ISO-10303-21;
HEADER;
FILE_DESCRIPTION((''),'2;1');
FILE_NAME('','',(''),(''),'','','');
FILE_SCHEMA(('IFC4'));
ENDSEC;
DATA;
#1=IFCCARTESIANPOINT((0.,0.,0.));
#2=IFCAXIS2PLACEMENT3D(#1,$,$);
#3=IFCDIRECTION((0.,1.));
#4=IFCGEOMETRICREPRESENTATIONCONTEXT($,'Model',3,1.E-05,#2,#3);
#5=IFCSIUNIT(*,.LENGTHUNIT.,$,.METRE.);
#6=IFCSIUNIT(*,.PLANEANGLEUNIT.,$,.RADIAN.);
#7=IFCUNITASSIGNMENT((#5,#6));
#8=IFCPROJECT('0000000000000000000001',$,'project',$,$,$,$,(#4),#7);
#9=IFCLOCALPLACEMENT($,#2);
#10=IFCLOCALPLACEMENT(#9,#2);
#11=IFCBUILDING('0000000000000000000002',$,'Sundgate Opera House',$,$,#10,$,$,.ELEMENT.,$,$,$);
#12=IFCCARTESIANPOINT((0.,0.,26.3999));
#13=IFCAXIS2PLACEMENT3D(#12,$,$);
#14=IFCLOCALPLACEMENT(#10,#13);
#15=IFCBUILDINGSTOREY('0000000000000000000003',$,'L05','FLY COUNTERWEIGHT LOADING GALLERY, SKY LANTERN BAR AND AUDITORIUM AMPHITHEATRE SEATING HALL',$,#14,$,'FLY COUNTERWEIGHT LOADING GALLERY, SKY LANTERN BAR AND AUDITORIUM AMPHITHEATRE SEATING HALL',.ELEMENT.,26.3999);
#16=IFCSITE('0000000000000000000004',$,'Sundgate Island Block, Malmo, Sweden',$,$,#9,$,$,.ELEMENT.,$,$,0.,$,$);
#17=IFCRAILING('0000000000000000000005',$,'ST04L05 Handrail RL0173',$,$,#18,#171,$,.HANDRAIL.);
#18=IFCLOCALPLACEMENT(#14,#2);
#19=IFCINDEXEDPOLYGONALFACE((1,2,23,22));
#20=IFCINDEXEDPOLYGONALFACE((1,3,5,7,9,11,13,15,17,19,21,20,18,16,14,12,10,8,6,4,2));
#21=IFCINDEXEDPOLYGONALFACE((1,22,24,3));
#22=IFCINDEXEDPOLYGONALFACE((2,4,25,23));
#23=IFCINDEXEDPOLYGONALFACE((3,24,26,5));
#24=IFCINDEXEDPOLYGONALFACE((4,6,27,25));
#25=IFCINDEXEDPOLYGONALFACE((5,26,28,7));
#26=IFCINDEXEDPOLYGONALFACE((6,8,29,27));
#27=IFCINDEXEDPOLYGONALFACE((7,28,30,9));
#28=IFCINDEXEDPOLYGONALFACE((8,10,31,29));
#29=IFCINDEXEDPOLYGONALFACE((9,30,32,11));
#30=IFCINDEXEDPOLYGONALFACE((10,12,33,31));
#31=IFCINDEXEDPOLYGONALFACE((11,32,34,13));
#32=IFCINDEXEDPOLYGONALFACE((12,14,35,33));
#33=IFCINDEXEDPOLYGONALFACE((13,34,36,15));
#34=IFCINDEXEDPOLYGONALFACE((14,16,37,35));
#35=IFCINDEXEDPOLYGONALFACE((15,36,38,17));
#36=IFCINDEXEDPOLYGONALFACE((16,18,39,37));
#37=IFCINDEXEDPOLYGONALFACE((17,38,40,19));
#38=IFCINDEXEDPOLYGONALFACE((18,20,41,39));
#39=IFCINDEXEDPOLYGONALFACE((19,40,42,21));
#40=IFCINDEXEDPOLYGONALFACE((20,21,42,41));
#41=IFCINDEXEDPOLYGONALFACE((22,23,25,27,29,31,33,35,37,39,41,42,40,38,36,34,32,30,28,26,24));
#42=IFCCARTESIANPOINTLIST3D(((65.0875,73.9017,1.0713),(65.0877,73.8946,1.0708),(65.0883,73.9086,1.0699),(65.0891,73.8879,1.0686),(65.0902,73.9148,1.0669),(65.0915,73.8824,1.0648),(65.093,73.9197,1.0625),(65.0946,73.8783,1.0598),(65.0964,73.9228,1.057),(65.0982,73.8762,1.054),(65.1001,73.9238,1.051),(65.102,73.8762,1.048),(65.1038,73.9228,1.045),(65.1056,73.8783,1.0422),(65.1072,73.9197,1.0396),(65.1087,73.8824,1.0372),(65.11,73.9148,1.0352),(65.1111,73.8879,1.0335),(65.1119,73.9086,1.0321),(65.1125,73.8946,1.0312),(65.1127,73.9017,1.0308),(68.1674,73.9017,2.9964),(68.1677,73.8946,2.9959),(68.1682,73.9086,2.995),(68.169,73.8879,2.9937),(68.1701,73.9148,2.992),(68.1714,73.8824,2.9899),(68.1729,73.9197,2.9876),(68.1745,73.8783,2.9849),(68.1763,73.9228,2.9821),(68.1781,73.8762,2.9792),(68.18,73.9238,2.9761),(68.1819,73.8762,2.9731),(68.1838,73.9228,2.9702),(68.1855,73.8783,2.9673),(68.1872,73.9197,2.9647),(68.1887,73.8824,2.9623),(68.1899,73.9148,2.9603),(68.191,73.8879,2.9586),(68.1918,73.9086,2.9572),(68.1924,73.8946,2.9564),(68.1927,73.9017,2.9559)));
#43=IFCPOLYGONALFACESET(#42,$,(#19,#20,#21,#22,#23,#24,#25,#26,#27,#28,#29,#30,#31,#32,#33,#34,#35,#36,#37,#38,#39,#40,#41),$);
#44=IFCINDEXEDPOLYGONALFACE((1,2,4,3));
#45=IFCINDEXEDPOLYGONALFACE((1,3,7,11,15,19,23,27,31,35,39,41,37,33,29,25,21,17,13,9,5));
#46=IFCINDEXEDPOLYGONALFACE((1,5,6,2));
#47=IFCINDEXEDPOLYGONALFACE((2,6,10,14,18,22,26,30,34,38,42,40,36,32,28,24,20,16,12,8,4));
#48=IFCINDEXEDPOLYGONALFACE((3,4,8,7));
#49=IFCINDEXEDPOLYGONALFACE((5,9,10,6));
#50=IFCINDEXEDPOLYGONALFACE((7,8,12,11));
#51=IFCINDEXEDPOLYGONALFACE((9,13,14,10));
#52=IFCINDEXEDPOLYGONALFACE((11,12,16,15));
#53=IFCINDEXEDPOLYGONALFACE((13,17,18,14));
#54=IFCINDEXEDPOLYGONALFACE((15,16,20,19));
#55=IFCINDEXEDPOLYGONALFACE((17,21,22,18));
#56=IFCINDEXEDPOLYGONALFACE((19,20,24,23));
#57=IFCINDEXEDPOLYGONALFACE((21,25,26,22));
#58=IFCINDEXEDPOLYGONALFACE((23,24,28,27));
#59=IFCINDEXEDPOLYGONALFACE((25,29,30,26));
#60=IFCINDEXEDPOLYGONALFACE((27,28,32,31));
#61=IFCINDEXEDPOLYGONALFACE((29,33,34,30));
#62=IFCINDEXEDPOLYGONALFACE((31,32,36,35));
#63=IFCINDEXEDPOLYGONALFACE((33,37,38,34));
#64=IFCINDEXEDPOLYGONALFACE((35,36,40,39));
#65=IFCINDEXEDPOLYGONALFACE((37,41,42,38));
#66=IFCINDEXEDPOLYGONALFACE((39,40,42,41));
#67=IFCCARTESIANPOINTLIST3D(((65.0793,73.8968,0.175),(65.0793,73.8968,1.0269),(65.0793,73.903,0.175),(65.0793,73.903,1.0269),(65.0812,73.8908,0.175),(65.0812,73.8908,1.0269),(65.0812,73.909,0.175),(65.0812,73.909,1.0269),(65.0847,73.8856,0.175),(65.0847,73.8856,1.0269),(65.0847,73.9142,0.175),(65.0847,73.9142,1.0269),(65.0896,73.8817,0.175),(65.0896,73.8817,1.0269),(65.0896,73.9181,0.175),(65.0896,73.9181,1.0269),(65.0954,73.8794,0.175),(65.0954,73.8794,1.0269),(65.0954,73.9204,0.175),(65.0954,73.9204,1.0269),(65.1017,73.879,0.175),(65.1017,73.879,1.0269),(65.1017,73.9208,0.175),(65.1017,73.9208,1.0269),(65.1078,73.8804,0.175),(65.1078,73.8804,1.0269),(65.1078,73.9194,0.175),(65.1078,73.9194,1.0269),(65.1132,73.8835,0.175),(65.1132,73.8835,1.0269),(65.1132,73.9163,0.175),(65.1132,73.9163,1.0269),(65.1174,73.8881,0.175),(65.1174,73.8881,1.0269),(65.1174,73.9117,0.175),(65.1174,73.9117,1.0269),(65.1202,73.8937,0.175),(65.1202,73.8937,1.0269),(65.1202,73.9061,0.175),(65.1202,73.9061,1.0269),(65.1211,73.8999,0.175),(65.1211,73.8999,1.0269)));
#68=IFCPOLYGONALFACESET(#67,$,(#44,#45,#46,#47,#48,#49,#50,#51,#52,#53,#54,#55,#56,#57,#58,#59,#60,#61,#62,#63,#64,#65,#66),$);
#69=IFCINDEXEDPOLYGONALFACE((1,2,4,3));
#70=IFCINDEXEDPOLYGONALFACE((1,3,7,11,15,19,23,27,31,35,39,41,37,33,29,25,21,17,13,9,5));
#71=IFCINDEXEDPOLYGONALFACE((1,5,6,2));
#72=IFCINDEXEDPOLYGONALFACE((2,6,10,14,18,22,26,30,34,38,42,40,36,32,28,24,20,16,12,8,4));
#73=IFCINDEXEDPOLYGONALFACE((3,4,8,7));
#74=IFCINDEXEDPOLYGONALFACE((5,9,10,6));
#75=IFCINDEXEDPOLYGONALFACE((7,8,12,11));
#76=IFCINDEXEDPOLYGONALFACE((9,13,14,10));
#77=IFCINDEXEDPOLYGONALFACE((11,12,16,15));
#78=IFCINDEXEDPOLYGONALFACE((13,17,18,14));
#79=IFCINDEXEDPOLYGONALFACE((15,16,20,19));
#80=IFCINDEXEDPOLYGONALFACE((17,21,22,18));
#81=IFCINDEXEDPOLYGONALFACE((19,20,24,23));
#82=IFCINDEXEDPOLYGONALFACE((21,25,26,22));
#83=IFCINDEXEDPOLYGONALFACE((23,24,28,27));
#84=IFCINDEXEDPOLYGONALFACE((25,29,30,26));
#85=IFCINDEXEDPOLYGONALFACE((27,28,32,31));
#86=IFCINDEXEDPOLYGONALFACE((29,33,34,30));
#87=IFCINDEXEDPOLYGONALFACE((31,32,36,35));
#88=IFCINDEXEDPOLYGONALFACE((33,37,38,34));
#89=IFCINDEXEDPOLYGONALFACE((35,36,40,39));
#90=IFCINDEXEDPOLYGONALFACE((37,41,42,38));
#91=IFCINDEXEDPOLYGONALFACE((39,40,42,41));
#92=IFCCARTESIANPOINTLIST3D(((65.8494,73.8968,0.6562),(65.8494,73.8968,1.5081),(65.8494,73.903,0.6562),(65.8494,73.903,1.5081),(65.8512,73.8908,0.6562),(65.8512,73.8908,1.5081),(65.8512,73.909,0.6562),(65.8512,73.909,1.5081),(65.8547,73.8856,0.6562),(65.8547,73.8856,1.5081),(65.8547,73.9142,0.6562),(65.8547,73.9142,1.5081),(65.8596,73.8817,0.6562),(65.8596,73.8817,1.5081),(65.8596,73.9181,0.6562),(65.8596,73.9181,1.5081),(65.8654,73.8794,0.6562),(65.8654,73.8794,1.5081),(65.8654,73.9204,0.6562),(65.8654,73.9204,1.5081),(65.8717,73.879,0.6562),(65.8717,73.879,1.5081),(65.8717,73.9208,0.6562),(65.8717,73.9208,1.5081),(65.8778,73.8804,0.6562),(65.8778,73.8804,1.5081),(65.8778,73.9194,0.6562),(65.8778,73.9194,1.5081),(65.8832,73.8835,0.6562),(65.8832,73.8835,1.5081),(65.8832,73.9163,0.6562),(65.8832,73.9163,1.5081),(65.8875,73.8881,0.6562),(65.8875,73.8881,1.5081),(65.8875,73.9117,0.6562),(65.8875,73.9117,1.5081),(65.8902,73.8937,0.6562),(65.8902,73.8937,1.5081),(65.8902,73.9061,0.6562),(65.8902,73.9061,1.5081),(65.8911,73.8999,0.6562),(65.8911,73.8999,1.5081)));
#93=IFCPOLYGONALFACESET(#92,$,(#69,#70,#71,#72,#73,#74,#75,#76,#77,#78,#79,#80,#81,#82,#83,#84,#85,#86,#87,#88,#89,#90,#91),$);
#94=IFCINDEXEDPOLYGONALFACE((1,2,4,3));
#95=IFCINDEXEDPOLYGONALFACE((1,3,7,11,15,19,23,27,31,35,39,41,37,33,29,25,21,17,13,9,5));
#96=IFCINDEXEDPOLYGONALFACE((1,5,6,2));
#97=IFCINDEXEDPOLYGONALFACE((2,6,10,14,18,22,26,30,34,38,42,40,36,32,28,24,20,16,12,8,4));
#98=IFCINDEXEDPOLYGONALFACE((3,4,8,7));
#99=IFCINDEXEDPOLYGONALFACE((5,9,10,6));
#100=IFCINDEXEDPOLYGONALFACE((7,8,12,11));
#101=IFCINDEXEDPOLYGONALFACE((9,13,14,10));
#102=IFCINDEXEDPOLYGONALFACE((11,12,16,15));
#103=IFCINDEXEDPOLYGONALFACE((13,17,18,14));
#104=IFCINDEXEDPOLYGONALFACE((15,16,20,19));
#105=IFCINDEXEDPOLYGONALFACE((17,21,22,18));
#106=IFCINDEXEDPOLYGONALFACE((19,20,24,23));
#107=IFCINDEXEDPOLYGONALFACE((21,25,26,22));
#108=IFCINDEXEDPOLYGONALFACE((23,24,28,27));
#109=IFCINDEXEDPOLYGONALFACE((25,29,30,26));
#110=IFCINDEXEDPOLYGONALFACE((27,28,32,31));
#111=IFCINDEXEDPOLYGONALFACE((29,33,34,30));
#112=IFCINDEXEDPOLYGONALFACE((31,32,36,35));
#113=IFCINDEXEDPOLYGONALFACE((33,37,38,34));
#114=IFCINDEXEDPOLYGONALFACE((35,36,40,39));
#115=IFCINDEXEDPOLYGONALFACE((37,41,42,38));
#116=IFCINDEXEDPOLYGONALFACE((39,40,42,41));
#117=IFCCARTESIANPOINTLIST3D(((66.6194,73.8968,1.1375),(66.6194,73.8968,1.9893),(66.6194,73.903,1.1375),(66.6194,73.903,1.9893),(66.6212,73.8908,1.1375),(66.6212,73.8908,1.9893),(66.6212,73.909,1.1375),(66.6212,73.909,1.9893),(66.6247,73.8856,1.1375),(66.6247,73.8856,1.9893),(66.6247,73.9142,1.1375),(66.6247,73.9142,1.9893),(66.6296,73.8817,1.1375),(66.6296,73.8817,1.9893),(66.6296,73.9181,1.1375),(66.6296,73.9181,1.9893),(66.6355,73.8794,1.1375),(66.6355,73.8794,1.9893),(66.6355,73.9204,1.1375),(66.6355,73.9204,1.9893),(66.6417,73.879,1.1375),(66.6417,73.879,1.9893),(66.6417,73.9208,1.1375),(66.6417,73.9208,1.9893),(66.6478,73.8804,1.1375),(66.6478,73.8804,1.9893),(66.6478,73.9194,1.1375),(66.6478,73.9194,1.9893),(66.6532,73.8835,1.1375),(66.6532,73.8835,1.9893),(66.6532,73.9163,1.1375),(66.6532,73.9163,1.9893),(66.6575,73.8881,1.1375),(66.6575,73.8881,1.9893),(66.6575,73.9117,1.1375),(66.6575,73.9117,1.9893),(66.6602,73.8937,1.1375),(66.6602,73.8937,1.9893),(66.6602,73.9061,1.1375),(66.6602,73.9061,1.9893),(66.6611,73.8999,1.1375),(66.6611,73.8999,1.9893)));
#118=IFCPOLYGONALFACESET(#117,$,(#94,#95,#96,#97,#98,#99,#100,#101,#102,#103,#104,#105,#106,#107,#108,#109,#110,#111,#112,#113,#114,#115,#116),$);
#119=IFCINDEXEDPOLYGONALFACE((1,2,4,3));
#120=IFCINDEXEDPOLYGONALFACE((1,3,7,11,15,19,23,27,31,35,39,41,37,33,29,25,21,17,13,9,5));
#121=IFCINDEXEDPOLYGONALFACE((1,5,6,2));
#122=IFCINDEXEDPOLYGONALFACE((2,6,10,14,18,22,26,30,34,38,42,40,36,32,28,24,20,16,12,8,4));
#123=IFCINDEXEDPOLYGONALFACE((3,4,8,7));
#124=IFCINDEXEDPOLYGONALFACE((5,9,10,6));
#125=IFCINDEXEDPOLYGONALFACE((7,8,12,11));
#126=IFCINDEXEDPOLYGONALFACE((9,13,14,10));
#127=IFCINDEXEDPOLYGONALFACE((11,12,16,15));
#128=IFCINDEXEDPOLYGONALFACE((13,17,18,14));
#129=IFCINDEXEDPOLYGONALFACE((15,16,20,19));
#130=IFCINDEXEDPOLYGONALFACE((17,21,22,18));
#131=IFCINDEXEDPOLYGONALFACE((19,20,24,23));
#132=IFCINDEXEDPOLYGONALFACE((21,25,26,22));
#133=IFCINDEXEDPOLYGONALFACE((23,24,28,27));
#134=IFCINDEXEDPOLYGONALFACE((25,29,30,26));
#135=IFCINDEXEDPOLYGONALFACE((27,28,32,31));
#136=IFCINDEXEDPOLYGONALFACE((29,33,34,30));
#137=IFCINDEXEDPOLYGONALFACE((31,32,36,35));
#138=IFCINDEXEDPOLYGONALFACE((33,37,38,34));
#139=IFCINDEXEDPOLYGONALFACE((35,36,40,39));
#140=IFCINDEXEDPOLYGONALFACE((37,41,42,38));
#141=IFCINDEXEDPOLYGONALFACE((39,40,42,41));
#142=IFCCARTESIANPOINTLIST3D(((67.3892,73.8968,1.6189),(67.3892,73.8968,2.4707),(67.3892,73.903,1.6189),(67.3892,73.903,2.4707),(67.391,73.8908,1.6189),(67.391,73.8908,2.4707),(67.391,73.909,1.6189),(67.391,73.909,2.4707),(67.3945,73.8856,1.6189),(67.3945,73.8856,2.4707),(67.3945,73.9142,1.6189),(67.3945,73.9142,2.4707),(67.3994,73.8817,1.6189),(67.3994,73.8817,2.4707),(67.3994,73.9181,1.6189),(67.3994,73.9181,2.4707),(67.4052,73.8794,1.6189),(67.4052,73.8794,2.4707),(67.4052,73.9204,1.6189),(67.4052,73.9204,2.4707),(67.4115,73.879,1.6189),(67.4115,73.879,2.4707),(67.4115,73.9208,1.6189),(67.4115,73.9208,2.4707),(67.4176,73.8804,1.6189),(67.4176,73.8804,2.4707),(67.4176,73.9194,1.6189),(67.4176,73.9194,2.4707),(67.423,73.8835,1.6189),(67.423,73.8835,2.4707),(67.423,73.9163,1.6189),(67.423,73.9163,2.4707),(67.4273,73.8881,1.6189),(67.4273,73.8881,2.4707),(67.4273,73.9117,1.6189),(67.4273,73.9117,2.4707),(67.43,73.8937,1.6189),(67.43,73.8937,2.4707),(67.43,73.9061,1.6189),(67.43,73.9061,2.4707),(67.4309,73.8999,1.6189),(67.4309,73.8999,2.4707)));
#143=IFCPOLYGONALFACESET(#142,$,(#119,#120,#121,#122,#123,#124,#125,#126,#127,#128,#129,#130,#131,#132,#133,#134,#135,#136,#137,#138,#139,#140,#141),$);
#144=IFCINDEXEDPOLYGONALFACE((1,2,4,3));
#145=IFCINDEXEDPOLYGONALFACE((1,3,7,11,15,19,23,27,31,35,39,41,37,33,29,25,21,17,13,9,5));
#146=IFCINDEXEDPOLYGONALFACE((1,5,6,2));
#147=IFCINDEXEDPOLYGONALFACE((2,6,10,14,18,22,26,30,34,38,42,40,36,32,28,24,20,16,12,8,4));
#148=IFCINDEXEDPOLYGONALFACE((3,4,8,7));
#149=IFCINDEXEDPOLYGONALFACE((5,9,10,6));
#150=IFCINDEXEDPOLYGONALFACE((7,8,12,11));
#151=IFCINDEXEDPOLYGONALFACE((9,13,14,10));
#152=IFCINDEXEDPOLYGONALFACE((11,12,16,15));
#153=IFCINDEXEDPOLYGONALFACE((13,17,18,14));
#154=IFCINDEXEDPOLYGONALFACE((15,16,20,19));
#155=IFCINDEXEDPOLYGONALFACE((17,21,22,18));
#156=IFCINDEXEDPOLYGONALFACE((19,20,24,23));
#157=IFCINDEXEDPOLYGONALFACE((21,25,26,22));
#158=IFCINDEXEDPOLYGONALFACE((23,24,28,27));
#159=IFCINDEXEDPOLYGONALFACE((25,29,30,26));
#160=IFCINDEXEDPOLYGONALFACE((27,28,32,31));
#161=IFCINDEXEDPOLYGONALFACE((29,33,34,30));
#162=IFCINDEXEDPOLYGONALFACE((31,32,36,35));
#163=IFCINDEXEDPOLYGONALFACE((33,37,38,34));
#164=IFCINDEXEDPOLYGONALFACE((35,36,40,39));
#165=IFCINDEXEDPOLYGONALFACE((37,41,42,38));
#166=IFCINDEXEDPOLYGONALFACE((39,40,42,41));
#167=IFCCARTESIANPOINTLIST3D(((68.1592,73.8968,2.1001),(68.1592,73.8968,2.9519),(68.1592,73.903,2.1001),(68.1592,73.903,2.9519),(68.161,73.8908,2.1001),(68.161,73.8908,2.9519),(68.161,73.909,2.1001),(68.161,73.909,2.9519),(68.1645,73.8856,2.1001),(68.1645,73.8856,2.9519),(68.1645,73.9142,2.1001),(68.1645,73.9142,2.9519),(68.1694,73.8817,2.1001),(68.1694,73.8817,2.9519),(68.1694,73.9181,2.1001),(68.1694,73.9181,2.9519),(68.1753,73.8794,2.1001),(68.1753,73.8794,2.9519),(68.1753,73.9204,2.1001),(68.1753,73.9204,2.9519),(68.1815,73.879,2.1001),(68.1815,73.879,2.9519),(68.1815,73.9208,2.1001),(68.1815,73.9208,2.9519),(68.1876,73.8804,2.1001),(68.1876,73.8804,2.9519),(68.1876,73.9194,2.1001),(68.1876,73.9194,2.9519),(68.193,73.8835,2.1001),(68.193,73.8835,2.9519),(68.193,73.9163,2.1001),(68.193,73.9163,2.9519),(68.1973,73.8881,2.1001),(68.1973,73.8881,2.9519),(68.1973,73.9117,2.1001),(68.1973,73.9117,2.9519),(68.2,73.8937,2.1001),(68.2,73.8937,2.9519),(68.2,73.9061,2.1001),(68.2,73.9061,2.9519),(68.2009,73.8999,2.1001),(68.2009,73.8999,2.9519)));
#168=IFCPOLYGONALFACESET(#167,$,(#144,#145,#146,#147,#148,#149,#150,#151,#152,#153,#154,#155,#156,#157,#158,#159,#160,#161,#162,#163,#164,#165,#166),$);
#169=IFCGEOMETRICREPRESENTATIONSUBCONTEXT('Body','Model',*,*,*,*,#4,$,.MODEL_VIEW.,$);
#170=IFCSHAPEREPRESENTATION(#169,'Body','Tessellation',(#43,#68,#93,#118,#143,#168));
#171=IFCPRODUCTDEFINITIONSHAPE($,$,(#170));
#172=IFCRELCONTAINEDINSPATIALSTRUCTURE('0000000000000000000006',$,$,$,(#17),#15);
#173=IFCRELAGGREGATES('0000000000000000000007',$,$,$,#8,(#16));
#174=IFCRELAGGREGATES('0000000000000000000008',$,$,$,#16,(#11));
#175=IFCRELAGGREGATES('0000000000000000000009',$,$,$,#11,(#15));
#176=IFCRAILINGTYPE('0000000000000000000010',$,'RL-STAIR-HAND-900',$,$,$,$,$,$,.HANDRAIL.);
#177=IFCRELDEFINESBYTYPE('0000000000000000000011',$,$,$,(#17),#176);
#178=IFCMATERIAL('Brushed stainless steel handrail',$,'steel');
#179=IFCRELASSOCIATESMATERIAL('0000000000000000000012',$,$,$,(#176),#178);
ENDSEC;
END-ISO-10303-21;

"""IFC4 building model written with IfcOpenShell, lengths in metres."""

from ifc_helpers import new_model, si_unit, direction, frame, origin, origin_2d, place, context, subcontext, project, spatial, circle, extrude, material, type_object, element, save


model = new_model("IFC4")

# Units and contexts
model_context = context("Model", 3, precision=1e-05, world=origin(), true_north=direction((0.0, 1.0)))
body_context = subcontext(model_context, "Body", "Model", "MODEL_VIEW")
ifc_project = project(units=[si_unit("LENGTHUNIT", "METRE"), si_unit("PLANEANGLEUNIT", "RADIAN")], contexts=[model_context])

# Site, building, storey
site_placement = place(None, origin())
site = spatial("IfcSite", under=ifc_project, at=site_placement, Name="Sundgate Island Block, Malmo, Sweden", CompositionType="ELEMENT", RefElevation=0.0)
building_placement = place(site_placement, origin())
building = spatial("IfcBuilding", under=site, at=building_placement, Name="Sundgate Opera House", CompositionType="ELEMENT")
storey_placement = place(building_placement, frame((0.0, 0.0, 26.3999)))
storey = spatial("IfcBuildingStorey", under=building, at=storey_placement, Name="L05", Description="FLY COUNTERWEIGHT LOADING GALLERY, SKY LANTERN BAR AND AUDITORIUM AMPHITHEATRE SEATING HALL", LongName="FLY COUNTERWEIGHT LOADING GALLERY, SKY LANTERN BAR AND AUDITORIUM AMPHITHEATRE SEATING HALL", CompositionType="ELEMENT", Elevation=26.3999)

# Railing
ifc_material_1 = material(Name="Brushed stainless steel handrail", Category="steel")
railing_type_1 = type_object("IfcRailingType", Name="RL-STAIR-HAND-900", PredefinedType="HANDRAIL", material=ifc_material_1)
railing_1_placement = place(storey_placement, frame((65.1001, 73.8999, 0.175)))
element("IfcRailing", 1, at=railing_1_placement, inside=storey, type_object=railing_type_1, Name="ST04L05 Handrail RL0173", PredefinedType="HANDRAIL", context=body_context, shape_type="SweptSolid", body=[
    extrude(circle(Radius=0.0239, at=origin_2d()), frame((0.0, 0.0, 0.876), z_axis=(0.847979, 0.0, 0.530029), x_axis=(0.0, 1.0, 0.0)), (0.0, 0.0, 1.0), 3.6321),
    extrude(circle(Radius=0.021, at=origin_2d()), origin(), (0.0, 0.0, 1.0), 0.8518),
    extrude(circle(Radius=0.021, at=origin_2d()), frame((0.77, 0.0, 0.4812)), (0.0, 0.0, 1.0), 0.8518),
    extrude(circle(Radius=0.021, at=origin_2d()), frame((1.54, 0.0, 0.9624)), (0.0, 0.0, 1.0), 0.8518),
    extrude(circle(Radius=0.021, at=origin_2d()), frame((2.3098, 0.0, 1.4438)), (0.0, 0.0, 1.0), 0.8518),
    extrude(circle(Radius=0.021, at=origin_2d()), frame((3.0798, 0.0, 1.925)), (0.0, 0.0, 1.0), 0.8518),
])

save(model, "model.ifc")
